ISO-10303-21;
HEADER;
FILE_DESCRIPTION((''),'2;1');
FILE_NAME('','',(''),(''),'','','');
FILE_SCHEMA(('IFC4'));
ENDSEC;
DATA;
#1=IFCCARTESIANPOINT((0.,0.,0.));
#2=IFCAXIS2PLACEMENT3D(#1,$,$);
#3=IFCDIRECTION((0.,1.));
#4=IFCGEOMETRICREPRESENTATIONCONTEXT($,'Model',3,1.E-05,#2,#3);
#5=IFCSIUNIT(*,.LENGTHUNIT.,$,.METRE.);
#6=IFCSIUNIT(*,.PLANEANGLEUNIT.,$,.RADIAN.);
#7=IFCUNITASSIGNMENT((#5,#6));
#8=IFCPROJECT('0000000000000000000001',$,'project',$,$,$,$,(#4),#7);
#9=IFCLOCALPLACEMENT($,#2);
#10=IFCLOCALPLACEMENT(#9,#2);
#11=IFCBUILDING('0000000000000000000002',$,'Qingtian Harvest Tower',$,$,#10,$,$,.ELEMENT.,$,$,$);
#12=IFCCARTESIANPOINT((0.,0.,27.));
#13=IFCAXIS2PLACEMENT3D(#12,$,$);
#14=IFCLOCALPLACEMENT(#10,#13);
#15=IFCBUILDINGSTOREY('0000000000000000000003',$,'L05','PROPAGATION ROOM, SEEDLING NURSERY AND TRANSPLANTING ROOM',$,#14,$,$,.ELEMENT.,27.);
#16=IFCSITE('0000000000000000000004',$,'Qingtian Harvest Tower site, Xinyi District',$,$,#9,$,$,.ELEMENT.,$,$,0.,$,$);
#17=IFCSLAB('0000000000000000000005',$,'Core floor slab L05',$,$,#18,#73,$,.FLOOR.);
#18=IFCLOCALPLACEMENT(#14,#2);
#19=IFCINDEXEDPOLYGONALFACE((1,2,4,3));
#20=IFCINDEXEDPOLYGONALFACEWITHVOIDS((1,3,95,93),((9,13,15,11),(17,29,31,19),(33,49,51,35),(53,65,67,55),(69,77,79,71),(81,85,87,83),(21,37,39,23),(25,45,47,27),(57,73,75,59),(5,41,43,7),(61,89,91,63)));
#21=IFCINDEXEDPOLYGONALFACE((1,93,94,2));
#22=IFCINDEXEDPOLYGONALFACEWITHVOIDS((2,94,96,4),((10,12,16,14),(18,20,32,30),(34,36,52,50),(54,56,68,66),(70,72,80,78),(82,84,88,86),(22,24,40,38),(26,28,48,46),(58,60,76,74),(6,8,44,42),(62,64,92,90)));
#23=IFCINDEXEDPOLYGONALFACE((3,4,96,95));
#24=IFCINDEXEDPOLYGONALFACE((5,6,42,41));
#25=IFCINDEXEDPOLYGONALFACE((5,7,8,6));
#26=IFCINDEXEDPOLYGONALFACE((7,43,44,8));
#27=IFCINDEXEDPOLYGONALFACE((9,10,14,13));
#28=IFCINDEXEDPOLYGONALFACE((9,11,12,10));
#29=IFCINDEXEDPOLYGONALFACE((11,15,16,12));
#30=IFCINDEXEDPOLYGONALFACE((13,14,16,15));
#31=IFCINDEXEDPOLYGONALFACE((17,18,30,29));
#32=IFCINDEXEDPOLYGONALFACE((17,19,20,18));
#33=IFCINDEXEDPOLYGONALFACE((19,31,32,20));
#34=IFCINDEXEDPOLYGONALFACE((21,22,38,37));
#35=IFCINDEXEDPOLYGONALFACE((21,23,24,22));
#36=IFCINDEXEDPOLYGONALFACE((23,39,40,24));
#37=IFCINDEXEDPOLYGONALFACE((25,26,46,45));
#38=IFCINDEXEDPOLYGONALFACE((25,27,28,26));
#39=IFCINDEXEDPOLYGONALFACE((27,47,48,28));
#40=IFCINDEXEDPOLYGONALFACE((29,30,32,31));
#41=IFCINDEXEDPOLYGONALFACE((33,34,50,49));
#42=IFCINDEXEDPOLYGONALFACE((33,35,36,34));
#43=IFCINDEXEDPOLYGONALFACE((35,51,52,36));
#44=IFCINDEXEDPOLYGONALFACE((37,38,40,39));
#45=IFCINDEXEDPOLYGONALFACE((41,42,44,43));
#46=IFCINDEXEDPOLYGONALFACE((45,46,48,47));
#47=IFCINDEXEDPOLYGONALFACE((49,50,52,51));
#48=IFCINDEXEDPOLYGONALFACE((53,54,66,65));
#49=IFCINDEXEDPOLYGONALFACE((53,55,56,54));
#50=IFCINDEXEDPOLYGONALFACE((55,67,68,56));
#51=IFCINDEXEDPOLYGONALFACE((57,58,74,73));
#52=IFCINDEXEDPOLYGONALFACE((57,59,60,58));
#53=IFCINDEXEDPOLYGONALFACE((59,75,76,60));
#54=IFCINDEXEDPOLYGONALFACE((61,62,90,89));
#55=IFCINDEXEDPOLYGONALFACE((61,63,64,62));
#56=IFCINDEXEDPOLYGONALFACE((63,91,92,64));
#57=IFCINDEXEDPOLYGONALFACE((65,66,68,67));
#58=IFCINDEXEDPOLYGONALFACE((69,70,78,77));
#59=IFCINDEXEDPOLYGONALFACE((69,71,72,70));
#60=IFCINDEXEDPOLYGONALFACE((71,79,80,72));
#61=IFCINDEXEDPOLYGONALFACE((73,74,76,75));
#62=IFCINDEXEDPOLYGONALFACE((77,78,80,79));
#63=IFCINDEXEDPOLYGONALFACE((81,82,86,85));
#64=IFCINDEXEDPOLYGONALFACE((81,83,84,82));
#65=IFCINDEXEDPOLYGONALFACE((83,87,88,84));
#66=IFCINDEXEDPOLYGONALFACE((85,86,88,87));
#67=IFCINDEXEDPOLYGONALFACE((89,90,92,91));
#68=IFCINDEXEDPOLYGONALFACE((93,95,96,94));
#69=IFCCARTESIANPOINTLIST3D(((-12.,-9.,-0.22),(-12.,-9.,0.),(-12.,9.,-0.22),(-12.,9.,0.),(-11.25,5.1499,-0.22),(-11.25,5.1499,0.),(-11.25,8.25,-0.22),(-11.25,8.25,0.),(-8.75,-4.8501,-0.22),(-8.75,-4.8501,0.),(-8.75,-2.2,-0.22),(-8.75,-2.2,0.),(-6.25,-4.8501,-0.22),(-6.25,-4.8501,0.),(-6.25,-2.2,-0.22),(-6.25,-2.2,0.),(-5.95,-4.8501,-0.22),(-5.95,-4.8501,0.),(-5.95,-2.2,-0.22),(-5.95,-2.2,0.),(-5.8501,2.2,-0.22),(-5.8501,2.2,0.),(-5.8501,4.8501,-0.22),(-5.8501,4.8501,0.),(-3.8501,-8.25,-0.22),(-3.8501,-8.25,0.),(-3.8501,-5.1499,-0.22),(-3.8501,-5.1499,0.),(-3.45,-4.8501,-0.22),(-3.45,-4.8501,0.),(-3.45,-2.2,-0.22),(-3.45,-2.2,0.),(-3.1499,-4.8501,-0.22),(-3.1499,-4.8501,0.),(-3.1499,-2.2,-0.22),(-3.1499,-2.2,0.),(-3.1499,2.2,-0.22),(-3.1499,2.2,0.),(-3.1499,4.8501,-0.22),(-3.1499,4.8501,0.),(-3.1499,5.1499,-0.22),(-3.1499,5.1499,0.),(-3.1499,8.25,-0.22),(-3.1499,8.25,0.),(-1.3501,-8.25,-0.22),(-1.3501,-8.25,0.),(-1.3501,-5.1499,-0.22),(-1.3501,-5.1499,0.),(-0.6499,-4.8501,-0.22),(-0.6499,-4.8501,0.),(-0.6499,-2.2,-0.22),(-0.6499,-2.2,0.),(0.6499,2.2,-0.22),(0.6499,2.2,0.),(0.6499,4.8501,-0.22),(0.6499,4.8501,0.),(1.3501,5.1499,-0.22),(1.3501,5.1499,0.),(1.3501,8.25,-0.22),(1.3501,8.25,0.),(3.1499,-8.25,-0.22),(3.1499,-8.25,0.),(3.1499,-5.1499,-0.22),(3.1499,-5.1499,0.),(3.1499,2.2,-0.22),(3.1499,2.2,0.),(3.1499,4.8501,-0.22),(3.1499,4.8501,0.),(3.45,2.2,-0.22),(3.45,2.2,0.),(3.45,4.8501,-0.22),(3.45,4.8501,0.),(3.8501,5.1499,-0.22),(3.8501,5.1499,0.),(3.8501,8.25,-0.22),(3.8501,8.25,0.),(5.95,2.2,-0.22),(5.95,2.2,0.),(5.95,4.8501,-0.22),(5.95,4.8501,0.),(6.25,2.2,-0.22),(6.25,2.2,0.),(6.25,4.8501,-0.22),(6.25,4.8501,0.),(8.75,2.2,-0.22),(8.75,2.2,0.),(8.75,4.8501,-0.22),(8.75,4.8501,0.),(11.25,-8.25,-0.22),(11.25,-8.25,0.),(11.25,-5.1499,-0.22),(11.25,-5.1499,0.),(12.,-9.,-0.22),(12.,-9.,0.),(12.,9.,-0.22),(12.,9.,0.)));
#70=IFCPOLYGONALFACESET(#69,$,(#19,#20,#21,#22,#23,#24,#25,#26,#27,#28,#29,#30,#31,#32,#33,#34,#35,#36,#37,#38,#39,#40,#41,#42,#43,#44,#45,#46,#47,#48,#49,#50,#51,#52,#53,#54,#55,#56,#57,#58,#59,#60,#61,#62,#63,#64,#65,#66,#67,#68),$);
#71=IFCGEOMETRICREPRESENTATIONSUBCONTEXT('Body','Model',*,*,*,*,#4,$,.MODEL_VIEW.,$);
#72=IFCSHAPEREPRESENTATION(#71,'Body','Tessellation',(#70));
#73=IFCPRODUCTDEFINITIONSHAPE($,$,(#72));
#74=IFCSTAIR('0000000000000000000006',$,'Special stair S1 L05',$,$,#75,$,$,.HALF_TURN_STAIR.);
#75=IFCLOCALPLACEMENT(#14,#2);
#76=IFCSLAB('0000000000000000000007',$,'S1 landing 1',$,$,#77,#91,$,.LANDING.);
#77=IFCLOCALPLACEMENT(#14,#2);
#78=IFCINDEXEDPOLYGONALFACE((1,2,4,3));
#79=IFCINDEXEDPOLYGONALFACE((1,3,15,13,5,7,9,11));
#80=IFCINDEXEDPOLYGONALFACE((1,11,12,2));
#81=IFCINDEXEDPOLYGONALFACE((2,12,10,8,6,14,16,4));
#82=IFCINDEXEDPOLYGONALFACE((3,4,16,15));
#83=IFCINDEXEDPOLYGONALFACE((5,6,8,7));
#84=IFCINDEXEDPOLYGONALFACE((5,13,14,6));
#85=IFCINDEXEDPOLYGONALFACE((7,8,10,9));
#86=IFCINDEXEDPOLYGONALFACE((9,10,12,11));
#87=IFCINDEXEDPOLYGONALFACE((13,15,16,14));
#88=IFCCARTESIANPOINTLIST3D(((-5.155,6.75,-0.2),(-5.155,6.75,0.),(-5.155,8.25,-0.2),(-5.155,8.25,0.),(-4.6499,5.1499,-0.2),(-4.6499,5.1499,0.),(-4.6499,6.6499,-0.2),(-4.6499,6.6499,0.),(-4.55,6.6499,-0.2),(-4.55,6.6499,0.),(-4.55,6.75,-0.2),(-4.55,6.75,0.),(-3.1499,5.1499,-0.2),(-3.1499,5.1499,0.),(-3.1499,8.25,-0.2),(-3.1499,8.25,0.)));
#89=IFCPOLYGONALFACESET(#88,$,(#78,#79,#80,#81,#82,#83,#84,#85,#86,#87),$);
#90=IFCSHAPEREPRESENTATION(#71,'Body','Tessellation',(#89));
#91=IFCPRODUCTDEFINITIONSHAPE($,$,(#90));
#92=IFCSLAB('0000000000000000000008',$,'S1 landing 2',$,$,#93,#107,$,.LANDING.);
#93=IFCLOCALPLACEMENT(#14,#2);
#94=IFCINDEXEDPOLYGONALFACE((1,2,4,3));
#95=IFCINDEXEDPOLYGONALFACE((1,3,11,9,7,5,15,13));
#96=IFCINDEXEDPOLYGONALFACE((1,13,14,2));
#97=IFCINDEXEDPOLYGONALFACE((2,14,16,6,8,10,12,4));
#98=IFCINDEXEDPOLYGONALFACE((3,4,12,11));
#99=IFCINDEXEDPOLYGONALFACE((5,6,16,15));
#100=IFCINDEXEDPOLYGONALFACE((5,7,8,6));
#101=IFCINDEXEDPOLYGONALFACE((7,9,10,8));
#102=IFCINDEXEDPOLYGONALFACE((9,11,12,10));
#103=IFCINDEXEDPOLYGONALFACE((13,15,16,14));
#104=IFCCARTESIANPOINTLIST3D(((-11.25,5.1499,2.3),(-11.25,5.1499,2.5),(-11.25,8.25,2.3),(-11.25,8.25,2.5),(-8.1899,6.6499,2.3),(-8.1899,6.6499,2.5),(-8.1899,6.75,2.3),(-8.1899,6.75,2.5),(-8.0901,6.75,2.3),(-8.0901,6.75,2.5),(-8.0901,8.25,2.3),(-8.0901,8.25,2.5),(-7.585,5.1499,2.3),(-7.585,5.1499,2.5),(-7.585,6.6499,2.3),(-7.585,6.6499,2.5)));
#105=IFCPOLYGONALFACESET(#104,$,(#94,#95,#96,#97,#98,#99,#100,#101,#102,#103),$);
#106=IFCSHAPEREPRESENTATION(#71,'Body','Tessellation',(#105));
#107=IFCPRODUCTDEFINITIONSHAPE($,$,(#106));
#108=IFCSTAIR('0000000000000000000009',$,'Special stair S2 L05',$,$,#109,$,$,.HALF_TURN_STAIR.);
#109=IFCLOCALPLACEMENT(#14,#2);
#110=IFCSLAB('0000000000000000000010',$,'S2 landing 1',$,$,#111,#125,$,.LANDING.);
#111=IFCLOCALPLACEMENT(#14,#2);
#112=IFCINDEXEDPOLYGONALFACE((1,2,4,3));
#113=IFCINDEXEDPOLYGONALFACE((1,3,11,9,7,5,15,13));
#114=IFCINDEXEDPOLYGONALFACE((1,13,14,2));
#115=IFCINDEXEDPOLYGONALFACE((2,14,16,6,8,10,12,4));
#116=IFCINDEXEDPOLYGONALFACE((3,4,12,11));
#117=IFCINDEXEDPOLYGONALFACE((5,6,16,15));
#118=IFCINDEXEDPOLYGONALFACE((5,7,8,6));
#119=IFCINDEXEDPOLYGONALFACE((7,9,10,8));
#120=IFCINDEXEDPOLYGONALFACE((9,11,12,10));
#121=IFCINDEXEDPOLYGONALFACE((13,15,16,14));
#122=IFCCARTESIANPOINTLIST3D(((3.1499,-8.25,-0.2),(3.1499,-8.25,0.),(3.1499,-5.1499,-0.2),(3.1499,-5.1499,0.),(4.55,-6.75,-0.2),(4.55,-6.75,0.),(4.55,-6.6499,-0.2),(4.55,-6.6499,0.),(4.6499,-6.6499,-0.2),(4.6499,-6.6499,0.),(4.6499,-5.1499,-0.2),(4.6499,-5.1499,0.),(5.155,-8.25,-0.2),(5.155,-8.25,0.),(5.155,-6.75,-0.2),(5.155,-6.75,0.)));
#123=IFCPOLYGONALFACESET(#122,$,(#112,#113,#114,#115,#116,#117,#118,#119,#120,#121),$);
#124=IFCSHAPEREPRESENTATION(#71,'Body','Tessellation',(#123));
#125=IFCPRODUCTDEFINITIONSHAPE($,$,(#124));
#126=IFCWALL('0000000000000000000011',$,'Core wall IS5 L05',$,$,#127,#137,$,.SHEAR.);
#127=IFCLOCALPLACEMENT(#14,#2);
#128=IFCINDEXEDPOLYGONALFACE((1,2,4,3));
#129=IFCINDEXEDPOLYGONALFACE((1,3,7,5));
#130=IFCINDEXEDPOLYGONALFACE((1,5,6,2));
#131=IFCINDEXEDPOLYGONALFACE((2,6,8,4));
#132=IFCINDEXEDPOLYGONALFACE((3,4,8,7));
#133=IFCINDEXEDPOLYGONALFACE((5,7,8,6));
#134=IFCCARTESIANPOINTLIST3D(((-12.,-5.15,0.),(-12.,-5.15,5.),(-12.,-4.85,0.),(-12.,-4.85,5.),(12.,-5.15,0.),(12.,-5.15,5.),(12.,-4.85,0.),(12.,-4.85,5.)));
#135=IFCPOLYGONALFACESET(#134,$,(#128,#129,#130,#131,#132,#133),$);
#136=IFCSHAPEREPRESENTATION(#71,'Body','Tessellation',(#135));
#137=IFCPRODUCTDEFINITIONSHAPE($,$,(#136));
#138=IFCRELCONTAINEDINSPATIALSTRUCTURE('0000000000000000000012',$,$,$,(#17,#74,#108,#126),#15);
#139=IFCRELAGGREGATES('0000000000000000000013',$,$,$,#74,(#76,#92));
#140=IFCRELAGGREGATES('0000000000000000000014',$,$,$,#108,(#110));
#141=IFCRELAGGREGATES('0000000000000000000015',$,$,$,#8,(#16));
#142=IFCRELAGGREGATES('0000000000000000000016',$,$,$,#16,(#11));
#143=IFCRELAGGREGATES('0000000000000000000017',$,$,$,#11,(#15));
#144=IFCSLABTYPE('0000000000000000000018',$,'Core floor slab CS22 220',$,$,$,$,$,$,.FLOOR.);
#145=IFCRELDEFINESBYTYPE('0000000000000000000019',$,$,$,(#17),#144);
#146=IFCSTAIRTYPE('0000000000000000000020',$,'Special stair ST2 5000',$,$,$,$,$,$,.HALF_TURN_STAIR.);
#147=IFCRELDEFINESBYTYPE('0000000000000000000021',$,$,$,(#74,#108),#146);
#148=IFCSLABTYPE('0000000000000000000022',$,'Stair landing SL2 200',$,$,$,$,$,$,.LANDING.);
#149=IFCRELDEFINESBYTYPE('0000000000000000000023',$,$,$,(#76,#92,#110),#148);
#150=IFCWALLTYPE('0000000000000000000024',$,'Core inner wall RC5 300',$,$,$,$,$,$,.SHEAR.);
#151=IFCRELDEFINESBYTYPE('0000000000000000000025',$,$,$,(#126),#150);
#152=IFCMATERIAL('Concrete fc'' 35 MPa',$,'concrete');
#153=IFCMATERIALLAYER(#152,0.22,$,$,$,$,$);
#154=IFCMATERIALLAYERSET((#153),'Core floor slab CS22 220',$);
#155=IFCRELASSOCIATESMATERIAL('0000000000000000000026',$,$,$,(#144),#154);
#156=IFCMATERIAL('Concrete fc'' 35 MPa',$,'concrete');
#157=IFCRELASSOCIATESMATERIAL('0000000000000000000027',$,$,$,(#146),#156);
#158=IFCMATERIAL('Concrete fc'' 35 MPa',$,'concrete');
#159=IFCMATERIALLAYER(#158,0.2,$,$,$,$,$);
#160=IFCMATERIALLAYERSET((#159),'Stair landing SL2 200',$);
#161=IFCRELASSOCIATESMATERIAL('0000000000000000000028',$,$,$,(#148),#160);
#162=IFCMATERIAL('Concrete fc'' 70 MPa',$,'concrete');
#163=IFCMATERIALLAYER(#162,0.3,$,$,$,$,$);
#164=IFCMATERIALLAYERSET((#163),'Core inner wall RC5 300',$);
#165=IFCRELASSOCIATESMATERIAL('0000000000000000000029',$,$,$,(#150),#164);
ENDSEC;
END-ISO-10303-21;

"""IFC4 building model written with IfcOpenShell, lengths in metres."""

from ifc_helpers import new_model, si_unit, direction, frame, frame_2d, origin, place, context, subcontext, project, spatial, polyline, rectangle, outline, extrude, material, layer, layer_set, type_object, element, aggregate, save


model = new_model("IFC4")

# Units and contexts
model_context = context("Model", 3, precision=1e-05, world=origin(), true_north=direction((0.0, 1.0)))
body_context = subcontext(model_context, "Body", "Model", "MODEL_VIEW")
ifc_project = project(units=[si_unit("LENGTHUNIT", "METRE"), si_unit("PLANEANGLEUNIT", "RADIAN")], contexts=[model_context])

# Site, building, storey
site_placement = place(None, origin())
site = spatial("IfcSite", under=ifc_project, at=site_placement, Name="Qingtian Harvest Tower site, Xinyi District", CompositionType="ELEMENT", RefElevation=0.0)
building_placement = place(site_placement, origin())
building = spatial("IfcBuilding", under=site, at=building_placement, Name="Qingtian Harvest Tower", CompositionType="ELEMENT")
storey_placement = place(building_placement, frame((0.0, 0.0, 27.0)))
storey = spatial("IfcBuildingStorey", under=building, at=storey_placement, Name="L05", Description="PROPAGATION ROOM, SEEDLING NURSERY AND TRANSPLANTING ROOM", CompositionType="ELEMENT", Elevation=27.0)

# Slab
ifc_material_1 = material(Name="Concrete fc' 35 MPa", Category="concrete")
ifc_layer_1 = layer(ifc_material_1, 0.22)
ifc_layer_set_1 = layer_set([ifc_layer_1], Name="Core floor slab CS22 220")
slab_type_1 = type_object("IfcSlabType", Name="Core floor slab CS22 220", PredefinedType="FLOOR", material=ifc_layer_set_1)
slab_1_placement = place(storey_placement, frame((0.0, 0.0, -0.22)))
element("IfcSlab", 1, at=slab_1_placement, inside=storey, type_object=slab_type_1, Name="Core floor slab L05", PredefinedType="FLOOR", context=body_context, shape_type="SweptSolid", body=[
    extrude(outline(polyline([(-12.0, -9.0), (12.0, -9.0), (12.0, 9.0), (-12.0, 9.0), (-12.0, -9.0)]), holes=[polyline([(-11.25, 5.1499), (-3.1499, 5.1499), (-3.1499, 8.25), (-11.25, 8.25), (-11.25, 5.1499)]), polyline([(3.1499, -8.25), (11.25, -8.25), (11.25, -5.1499), (3.1499, -5.1499), (3.1499, -8.25)]), polyline([(1.3501, 5.1499), (3.8501, 5.1499), (3.8501, 8.25), (1.3501, 8.25), (1.3501, 5.1499)]), polyline([(-3.8501, -8.25), (-1.3501, -8.25), (-1.3501, -5.1499), (-3.8501, -5.1499), (-3.8501, -8.25)]), polyline([(-5.8501, 2.2), (-3.1499, 2.2), (-3.1499, 4.8501), (-5.8501, 4.8501), (-5.8501, 2.2)]), polyline([(0.6499, 2.2), (3.1499, 2.2), (3.1499, 4.8501), (0.6499, 4.8501), (0.6499, 2.2)]), polyline([(3.45, 2.2), (5.95, 2.2), (5.95, 4.8501), (3.45, 4.8501), (3.45, 2.2)]), polyline([(6.25, 2.2), (8.75, 2.2), (8.75, 4.8501), (6.25, 4.8501), (6.25, 2.2)]), polyline([(-8.75, -4.8501), (-6.25, -4.8501), (-6.25, -2.2), (-8.75, -2.2), (-8.75, -4.8501)]), polyline([(-5.95, -4.8501), (-3.45, -4.8501), (-3.45, -2.2), (-5.95, -2.2), (-5.95, -4.8501)]), polyline([(-3.1499, -4.8501), (-0.6499, -4.8501), (-0.6499, -2.2), (-3.1499, -2.2), (-3.1499, -4.8501)])]), origin(), (0.0, 0.0, 1.0), 0.22),
])

# Stair, slabs
ifc_material_2 = material(Name="Concrete fc' 35 MPa", Category="concrete")
stair_type = type_object("IfcStairType", Name="Special stair ST2 5000", PredefinedType="HALF_TURN_STAIR", material=ifc_material_2)
stair_1_placement = place(storey_placement, origin())
stair_1 = element("IfcStair", 2, at=stair_1_placement, inside=storey, type_object=stair_type, Name="Special stair S1 L05", PredefinedType="HALF_TURN_STAIR")
ifc_material_3 = material(Name="Concrete fc' 35 MPa", Category="concrete")
ifc_layer_2 = layer(ifc_material_3, 0.2)
ifc_layer_set_2 = layer_set([ifc_layer_2], Name="Stair landing SL2 200")
slab_type_2 = type_object("IfcSlabType", Name="Stair landing SL2 200", PredefinedType="LANDING", material=ifc_layer_set_2)
slab_2_placement = place(storey_placement, frame((0.0, 0.0, -0.2)))
slab_2 = element("IfcSlab", 3, at=slab_2_placement, type_object=slab_type_2, Name="S1 landing 1", PredefinedType="LANDING", context=body_context, shape_type="SweptSolid", body=[
    extrude(outline(polyline([(-4.6499, 5.1499), (-4.6499, 6.6499), (-4.55, 6.6499), (-4.55, 6.75), (-5.155, 6.75), (-5.155, 8.25), (-3.1499, 8.25), (-3.1499, 5.1499), (-4.6499, 5.1499)])), origin(), (0.0, 0.0, 1.0), 0.2),
])
slab_3_placement = place(storey_placement, frame((0.0, 0.0, 2.3)))
slab_3 = element("IfcSlab", 4, at=slab_3_placement, type_object=slab_type_2, Name="S1 landing 2", PredefinedType="LANDING", context=body_context, shape_type="SweptSolid", body=[
    extrude(outline(polyline([(-7.585, 5.1499), (-11.25, 5.1499), (-11.25, 8.25), (-8.0901, 8.25), (-8.0901, 6.75), (-8.1899, 6.75), (-8.1899, 6.6499), (-7.585, 6.6499), (-7.585, 5.1499)])), origin(), (0.0, 0.0, 1.0), 0.2),
])
aggregate(stair_1, [slab_2, slab_3])

# Stair, slab
stair_2_placement = place(storey_placement, origin())
stair_2 = element("IfcStair", 5, at=stair_2_placement, inside=storey, type_object=stair_type, Name="Special stair S2 L05", PredefinedType="HALF_TURN_STAIR")
slab_4_placement = place(storey_placement, frame((0.0, 0.0, -0.2)))
slab_4 = element("IfcSlab", 6, at=slab_4_placement, type_object=slab_type_2, Name="S2 landing 1", PredefinedType="LANDING", context=body_context, shape_type="SweptSolid", body=[
    extrude(outline(polyline([(5.155, -8.25), (3.1499, -8.25), (3.1499, -5.1499), (4.6499, -5.1499), (4.6499, -6.6499), (4.55, -6.6499), (4.55, -6.75), (5.155, -6.75), (5.155, -8.25)])), origin(), (0.0, 0.0, 1.0), 0.2),
])
aggregate(stair_2, [slab_4])

# Wall
ifc_material_4 = material(Name="Concrete fc' 70 MPa", Category="concrete")
ifc_layer_3 = layer(ifc_material_4, 0.3)
ifc_layer_set_3 = layer_set([ifc_layer_3], Name="Core inner wall RC5 300")
wall_type_1 = type_object("IfcWallType", Name="Core inner wall RC5 300", PredefinedType="SHEAR", material=ifc_layer_set_3)
wall_1_placement = place(storey_placement, frame((-12.0, -5.0, 0.0), z_axis=(0.0, 0.0, 1.0), x_axis=(1.0, 0.0, 0.0)))
element("IfcWall", 7, at=wall_1_placement, inside=storey, type_object=wall_type_1, Name="Core wall IS5 L05", PredefinedType="SHEAR", context=body_context, shape_type="SweptSolid", body=[
    extrude(rectangle(XDim=24.0, YDim=0.3, at=frame_2d((12.0, 0.0))), origin(), (0.0, 0.0, 1.0), 5.0),
])

save(model, "model.ifc")
